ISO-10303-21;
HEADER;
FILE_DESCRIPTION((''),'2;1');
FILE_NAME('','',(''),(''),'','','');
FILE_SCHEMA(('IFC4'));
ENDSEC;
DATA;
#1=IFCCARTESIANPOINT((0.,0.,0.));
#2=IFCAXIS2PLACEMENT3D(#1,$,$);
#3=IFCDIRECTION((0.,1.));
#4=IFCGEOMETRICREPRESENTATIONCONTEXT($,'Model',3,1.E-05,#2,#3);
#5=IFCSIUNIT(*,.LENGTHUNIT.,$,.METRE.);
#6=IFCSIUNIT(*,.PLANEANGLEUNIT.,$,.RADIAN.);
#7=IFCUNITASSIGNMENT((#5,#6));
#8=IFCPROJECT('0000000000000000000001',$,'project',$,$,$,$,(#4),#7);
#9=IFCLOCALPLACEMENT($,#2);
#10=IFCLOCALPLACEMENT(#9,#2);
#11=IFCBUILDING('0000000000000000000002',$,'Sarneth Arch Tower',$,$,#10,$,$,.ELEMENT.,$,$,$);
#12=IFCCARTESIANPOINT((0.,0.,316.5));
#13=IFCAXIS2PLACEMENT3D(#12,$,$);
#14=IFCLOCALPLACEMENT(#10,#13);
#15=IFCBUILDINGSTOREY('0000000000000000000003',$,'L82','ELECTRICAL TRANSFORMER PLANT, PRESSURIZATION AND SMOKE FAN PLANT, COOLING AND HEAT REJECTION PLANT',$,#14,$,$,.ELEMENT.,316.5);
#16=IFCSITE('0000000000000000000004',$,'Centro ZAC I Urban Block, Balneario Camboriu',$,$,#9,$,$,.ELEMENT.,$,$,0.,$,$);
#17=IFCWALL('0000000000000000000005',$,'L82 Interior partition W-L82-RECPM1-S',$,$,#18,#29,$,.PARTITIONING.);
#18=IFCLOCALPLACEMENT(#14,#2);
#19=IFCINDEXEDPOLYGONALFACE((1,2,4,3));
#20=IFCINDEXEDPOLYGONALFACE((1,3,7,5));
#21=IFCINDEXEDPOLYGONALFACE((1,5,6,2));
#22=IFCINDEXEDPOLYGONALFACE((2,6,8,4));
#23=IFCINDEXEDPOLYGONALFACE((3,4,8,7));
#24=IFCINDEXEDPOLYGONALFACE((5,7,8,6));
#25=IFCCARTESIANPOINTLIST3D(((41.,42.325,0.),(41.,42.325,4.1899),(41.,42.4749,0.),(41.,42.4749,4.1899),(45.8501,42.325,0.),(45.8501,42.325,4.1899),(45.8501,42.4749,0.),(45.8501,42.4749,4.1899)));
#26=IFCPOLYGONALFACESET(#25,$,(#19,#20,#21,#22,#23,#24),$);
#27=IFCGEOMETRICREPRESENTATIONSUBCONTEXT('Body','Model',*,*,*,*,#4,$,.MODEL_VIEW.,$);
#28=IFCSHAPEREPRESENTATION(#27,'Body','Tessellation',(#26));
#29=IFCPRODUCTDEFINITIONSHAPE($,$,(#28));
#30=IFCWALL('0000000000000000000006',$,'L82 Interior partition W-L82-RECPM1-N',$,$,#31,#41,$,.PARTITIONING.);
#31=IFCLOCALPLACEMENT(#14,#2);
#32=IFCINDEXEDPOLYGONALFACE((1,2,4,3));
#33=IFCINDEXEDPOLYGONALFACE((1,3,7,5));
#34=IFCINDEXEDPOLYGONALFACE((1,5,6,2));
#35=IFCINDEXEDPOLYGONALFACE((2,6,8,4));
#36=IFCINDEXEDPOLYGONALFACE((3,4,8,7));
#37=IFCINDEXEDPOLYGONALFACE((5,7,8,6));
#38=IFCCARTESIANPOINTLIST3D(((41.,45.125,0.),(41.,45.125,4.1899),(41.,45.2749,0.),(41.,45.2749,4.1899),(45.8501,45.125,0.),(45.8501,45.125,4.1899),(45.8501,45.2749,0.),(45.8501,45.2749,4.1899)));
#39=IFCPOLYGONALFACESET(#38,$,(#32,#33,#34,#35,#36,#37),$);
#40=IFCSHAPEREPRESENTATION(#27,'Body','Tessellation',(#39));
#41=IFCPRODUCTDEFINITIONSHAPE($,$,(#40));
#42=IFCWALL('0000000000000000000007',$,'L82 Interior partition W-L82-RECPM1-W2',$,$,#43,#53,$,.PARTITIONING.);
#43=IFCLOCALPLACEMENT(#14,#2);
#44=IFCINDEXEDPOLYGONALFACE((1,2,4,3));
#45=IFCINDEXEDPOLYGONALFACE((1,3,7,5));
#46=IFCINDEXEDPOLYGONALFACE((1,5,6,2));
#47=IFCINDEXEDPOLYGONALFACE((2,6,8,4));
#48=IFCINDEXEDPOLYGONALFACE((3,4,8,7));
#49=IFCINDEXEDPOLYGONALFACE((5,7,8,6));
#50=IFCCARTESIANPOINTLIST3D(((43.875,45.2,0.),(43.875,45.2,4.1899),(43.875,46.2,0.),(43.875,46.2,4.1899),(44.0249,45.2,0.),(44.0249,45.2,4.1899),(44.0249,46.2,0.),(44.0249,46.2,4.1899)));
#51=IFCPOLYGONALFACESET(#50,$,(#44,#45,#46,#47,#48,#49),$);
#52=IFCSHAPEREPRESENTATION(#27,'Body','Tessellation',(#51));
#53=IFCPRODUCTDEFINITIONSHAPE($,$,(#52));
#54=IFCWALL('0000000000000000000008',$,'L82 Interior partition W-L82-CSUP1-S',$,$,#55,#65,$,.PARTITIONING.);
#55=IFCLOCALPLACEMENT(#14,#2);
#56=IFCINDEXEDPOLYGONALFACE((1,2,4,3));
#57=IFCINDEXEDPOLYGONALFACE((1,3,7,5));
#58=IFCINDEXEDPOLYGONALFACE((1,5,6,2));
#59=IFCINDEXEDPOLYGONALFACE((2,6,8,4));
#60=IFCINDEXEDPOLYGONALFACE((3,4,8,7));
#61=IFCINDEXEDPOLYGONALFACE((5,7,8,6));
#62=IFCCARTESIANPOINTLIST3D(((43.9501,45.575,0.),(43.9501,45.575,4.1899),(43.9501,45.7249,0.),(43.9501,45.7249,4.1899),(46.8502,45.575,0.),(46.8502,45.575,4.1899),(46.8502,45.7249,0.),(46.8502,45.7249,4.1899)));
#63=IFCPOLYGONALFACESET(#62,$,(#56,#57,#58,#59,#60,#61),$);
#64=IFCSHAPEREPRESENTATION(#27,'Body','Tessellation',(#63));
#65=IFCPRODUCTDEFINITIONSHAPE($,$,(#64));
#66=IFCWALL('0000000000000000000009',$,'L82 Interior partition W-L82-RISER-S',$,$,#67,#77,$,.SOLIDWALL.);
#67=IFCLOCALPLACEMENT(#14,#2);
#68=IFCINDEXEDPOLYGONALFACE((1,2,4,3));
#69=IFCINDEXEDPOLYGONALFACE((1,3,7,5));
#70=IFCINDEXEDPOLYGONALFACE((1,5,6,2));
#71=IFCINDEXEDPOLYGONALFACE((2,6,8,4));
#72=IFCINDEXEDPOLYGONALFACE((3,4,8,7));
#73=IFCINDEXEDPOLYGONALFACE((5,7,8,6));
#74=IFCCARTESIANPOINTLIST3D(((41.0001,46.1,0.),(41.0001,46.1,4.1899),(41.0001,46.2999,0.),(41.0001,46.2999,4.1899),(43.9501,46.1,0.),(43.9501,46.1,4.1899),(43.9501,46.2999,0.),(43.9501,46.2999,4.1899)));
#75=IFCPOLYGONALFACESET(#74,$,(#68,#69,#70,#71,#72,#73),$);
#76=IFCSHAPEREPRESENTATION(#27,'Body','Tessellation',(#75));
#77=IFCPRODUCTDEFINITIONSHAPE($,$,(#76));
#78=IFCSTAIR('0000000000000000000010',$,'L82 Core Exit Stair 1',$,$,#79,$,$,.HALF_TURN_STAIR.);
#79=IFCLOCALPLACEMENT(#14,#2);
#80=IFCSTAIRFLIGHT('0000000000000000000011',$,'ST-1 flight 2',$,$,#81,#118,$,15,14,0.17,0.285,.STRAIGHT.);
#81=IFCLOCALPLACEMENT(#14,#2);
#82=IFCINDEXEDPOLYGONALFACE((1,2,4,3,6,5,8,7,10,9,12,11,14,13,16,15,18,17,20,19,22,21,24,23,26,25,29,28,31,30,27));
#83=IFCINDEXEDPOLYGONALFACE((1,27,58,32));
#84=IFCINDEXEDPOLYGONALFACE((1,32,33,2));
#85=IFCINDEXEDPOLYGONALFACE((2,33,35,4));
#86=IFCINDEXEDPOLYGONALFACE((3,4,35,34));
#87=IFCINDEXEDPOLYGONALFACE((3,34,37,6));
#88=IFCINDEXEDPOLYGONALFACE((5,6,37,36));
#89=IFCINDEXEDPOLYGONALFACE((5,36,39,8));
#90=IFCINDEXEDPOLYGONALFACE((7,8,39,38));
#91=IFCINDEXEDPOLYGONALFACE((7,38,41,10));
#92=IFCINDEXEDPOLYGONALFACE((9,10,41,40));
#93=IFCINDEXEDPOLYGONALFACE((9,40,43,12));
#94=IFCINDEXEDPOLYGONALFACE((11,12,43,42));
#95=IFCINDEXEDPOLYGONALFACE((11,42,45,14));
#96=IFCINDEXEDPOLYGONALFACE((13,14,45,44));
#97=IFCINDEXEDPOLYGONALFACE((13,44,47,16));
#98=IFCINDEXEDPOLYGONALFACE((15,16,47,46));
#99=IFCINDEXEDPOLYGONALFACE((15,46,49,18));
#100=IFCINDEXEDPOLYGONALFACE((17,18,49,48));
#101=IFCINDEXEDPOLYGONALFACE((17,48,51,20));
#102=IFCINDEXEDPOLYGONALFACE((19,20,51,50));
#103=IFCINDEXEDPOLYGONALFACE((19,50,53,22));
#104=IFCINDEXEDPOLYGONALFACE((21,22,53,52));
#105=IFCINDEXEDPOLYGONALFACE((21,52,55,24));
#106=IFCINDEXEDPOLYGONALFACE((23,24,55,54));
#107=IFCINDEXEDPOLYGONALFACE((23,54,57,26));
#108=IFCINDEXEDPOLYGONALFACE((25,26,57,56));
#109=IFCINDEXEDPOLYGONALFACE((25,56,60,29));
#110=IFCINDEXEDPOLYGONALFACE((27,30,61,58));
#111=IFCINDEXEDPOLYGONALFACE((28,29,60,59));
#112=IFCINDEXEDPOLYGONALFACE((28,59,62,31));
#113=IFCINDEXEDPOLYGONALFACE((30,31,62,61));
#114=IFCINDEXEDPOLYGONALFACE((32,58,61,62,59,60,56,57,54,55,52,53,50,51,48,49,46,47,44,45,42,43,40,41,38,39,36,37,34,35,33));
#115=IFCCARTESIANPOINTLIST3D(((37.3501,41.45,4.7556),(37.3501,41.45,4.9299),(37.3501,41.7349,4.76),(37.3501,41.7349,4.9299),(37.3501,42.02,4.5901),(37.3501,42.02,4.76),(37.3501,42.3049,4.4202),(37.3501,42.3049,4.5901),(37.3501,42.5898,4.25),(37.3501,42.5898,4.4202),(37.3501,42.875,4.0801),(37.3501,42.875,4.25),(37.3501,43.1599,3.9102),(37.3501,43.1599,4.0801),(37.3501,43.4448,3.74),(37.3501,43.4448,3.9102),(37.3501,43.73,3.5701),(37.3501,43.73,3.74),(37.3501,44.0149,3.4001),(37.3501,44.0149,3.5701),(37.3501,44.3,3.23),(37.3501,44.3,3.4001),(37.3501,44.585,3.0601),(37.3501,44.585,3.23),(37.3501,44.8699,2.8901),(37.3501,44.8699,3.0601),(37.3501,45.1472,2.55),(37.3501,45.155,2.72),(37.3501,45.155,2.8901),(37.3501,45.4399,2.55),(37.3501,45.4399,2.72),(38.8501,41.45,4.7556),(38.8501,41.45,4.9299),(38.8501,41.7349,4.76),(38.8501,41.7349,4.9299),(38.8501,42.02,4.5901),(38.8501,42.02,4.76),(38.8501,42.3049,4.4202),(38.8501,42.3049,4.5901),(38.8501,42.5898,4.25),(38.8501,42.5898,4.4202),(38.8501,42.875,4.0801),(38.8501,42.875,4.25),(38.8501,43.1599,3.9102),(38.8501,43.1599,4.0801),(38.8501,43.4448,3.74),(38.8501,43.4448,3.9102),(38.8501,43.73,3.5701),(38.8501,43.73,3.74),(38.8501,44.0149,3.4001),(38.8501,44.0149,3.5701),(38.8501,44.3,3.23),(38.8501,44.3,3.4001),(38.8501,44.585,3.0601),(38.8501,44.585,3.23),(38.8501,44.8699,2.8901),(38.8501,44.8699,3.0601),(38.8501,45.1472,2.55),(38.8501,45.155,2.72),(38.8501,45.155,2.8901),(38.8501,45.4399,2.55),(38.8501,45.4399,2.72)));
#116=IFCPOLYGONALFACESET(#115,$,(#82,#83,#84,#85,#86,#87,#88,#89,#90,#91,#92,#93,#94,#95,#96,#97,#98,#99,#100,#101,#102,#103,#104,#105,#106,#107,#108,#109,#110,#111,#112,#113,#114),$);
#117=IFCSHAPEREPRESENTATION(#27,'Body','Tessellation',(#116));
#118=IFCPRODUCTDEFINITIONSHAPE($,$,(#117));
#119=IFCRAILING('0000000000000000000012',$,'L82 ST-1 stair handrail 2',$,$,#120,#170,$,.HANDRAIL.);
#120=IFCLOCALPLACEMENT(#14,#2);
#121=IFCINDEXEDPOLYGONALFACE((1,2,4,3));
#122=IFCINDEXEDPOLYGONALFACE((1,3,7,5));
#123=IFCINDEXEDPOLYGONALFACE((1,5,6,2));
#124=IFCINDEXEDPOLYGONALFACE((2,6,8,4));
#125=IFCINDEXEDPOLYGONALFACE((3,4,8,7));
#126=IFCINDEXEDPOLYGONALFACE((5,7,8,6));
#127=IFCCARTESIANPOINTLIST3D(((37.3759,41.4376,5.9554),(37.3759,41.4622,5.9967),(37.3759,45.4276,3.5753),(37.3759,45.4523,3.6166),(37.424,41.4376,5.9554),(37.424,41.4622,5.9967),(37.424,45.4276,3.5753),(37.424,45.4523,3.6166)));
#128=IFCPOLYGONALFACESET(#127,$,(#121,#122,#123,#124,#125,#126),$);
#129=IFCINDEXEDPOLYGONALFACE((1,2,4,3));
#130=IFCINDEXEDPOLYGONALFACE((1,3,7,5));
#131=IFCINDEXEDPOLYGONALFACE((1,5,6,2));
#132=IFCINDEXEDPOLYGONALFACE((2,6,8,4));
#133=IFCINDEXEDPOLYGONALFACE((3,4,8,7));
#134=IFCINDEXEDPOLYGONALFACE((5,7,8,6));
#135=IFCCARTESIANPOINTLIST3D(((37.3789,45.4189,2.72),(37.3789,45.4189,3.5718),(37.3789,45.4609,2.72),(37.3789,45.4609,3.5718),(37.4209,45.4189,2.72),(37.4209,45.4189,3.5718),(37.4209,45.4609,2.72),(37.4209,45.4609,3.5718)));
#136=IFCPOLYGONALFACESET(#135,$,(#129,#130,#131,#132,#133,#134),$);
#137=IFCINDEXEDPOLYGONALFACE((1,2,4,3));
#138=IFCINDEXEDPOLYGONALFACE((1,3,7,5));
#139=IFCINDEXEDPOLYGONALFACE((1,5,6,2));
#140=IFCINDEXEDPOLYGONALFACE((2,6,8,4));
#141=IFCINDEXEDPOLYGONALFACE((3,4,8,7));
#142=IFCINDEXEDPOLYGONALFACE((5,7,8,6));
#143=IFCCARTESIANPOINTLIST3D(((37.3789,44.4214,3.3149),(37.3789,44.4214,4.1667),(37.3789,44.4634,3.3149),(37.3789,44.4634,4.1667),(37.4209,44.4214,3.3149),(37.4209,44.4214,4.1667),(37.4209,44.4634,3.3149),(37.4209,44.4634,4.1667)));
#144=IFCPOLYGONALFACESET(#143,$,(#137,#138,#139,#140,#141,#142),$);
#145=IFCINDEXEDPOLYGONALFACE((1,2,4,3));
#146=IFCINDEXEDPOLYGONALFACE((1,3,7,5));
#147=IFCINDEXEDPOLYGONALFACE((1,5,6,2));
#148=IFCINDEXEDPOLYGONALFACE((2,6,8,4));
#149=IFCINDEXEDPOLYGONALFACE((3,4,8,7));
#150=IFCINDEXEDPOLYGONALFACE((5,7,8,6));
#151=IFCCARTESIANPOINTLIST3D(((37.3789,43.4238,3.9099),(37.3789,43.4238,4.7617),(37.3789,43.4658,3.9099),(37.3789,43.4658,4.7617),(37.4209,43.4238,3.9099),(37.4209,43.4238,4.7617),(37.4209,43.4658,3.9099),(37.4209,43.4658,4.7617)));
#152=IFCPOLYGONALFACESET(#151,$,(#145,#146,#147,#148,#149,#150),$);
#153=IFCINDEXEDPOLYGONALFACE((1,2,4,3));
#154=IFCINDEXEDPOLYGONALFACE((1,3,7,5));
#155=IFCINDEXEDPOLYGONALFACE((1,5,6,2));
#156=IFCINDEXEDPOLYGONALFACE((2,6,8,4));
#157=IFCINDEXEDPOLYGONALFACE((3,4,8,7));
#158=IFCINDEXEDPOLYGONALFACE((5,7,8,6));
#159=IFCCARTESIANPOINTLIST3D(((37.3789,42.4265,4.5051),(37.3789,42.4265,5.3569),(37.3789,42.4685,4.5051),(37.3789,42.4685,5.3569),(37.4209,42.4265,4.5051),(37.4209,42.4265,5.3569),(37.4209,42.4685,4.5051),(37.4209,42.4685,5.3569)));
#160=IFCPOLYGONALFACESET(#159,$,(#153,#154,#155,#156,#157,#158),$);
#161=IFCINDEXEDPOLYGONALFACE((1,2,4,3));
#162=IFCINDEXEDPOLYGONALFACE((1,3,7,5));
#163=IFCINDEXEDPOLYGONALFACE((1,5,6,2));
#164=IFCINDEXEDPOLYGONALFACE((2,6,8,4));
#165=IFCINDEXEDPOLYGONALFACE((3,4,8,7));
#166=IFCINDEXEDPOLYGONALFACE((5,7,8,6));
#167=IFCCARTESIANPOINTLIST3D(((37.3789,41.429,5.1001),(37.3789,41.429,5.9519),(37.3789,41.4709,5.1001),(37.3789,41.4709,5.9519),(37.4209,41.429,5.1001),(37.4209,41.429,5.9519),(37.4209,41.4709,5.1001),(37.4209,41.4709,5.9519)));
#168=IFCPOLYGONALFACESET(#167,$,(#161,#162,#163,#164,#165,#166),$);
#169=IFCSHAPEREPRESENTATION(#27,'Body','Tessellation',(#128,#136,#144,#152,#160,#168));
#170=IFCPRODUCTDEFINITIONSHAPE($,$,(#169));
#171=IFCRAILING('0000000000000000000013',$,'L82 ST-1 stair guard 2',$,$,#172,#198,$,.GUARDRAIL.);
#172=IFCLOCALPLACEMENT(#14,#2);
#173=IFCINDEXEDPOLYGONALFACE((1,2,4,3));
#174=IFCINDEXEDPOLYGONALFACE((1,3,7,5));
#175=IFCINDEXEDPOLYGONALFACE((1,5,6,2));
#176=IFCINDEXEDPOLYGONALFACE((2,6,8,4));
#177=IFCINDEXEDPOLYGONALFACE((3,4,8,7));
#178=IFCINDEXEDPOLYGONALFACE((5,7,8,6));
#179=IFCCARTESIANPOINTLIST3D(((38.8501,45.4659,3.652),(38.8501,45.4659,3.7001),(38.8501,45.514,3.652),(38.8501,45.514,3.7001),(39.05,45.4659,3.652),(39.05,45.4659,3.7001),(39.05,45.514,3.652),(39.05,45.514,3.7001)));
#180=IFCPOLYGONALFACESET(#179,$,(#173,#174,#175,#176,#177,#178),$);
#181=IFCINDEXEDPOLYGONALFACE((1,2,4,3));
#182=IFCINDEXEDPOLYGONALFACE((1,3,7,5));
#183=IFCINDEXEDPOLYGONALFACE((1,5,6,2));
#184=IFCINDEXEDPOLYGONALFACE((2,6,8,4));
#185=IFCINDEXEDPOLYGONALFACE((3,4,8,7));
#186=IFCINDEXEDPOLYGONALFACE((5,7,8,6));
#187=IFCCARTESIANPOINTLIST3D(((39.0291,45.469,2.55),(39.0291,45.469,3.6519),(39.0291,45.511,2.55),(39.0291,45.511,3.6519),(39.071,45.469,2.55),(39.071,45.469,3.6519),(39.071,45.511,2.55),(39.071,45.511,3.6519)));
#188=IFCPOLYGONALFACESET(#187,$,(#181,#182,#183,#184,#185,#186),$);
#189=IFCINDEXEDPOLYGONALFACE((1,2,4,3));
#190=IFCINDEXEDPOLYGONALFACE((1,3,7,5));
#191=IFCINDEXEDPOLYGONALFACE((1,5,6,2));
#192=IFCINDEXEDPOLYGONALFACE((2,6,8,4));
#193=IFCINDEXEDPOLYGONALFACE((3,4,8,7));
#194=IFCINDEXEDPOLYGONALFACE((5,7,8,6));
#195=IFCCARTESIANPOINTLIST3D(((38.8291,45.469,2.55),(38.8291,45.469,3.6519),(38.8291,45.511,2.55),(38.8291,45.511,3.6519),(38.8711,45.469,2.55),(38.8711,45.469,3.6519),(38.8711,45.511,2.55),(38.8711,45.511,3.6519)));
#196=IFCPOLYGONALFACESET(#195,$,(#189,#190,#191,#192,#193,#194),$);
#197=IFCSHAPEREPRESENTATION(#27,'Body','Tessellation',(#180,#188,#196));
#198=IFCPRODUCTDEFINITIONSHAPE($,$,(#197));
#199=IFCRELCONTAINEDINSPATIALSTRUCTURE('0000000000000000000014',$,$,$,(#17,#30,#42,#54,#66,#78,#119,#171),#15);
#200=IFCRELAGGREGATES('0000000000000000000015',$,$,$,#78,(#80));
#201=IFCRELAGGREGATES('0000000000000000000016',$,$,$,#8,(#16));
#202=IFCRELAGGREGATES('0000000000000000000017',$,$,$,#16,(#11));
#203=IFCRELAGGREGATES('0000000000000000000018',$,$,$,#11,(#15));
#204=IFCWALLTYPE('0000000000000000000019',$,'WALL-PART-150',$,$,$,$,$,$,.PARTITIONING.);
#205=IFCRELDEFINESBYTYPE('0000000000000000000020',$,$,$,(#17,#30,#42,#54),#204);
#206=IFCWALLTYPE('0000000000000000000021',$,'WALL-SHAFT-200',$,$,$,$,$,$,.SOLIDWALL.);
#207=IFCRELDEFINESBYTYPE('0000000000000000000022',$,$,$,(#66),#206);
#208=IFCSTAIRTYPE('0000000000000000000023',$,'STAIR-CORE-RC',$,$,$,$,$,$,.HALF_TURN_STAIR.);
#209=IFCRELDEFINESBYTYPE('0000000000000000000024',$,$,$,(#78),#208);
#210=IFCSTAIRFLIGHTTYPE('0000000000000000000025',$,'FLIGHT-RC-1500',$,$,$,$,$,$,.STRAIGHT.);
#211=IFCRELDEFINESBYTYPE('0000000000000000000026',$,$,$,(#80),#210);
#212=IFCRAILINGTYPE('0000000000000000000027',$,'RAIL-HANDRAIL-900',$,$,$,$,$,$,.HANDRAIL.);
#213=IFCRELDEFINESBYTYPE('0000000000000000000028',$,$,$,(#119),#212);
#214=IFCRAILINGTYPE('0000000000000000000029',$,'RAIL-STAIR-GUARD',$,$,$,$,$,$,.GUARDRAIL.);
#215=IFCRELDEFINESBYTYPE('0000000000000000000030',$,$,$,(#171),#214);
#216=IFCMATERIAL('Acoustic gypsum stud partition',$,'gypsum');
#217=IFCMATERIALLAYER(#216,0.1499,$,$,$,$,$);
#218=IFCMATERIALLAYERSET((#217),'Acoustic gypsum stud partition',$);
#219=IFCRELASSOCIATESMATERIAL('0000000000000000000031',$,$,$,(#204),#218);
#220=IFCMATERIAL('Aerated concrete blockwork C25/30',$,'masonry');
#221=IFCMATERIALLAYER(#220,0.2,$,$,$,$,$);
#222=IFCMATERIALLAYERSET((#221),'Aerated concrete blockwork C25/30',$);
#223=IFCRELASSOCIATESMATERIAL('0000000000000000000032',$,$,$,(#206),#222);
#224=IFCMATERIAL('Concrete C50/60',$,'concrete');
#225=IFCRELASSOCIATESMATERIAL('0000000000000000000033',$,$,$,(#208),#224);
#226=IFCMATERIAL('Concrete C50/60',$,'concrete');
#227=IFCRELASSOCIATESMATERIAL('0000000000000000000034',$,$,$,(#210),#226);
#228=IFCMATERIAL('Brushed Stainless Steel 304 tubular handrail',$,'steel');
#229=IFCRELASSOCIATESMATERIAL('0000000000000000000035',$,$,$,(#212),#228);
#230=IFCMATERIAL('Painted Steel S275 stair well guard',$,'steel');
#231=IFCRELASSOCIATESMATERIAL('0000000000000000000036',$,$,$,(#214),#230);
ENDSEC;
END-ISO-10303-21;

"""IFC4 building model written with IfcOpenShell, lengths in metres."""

from ifc_helpers import new_model, si_unit, direction, frame, frame_2d, origin, origin_2d, place, context, subcontext, project, spatial, polyline, rectangle, outline, extrude, material, layer, layer_set, type_object, element, aggregate, save


model = new_model("IFC4")

# Units and contexts
model_context = context("Model", 3, precision=1e-05, world=origin(), true_north=direction((0.0, 1.0)))
body_context = subcontext(model_context, "Body", "Model", "MODEL_VIEW")
ifc_project = project(units=[si_unit("LENGTHUNIT", "METRE"), si_unit("PLANEANGLEUNIT", "RADIAN")], contexts=[model_context])

# Site, building, storey
site_placement = place(None, origin())
site = spatial("IfcSite", under=ifc_project, at=site_placement, Name="Centro ZAC I Urban Block, Balneario Camboriu", CompositionType="ELEMENT", RefElevation=0.0)
building_placement = place(site_placement, origin())
building = spatial("IfcBuilding", under=site, at=building_placement, Name="Sarneth Arch Tower", CompositionType="ELEMENT")
storey_placement = place(building_placement, frame((0.0, 0.0, 316.5)))
storey = spatial("IfcBuildingStorey", under=building, at=storey_placement, Name="L82", Description="ELECTRICAL TRANSFORMER PLANT, PRESSURIZATION AND SMOKE FAN PLANT, COOLING AND HEAT REJECTION PLANT", CompositionType="ELEMENT", Elevation=316.5)

# Walls
ifc_material_1 = material(Name="Acoustic gypsum stud partition", Category="gypsum")
ifc_layer_1 = layer(ifc_material_1, 0.1499)
ifc_layer_set_1 = layer_set([ifc_layer_1], Name="Acoustic gypsum stud partition")
wall_type_1 = type_object("IfcWallType", Name="WALL-PART-150", PredefinedType="PARTITIONING", material=ifc_layer_set_1)
for number, where, z_axis, x_axis, name in (
    (1, (41.0, 42.3999, 0.0), (0.0, 0.0, 1.0), (1.0, 0.0, 0.0), "L82 Interior partition W-L82-RECPM1-S"),
    (2, (41.0, 45.2, 0.0), (0.0, 0.0, 1.0), (1.0, 0.0, 0.0), "L82 Interior partition W-L82-RECPM1-N"),
):
    element("IfcWall", number, at=place(storey_placement, frame(where, z_axis=z_axis, x_axis=x_axis)), inside=storey, type_object=wall_type_1, Name=name, PredefinedType="PARTITIONING", context=body_context, shape_type="SweptSolid", body=[
        extrude(rectangle(XDim=4.8501, YDim=0.1499, at=frame_2d((2.425, 0.0))), origin(), (0.0, 0.0, 1.0), 4.1899),
    ])
wall_1_placement = place(storey_placement, frame((43.95, 45.2, 0.0), z_axis=(0.0, 0.0, 1.0), x_axis=(0.0, 1.0, 0.0)))
element("IfcWall", 3, at=wall_1_placement, inside=storey, type_object=wall_type_1, Name="L82 Interior partition W-L82-RECPM1-W2", PredefinedType="PARTITIONING", context=body_context, shape_type="SweptSolid", body=[
    extrude(rectangle(XDim=1.0, YDim=0.1499, at=frame_2d((0.5, 0.0))), origin(), (0.0, 0.0, 1.0), 4.1899),
])

# Wall
wall_2_placement = place(storey_placement, frame((43.95, 45.6499, 0.0), z_axis=(0.0, 0.0, 1.0), x_axis=(1.0, 0.0, 0.0)))
element("IfcWall", 4, at=wall_2_placement, inside=storey, type_object=wall_type_1, Name="L82 Interior partition W-L82-CSUP1-S", PredefinedType="PARTITIONING", context=body_context, shape_type="SweptSolid", body=[
    extrude(rectangle(XDim=2.9001, YDim=0.1499, at=frame_2d((1.4502, 0.0))), origin(), (0.0, 0.0, 1.0), 4.1899),
])

# Wall
ifc_material_2 = material(Name="Aerated concrete blockwork C25/30", Category="masonry")
ifc_layer_2 = layer(ifc_material_2, 0.2)
ifc_layer_set_2 = layer_set([ifc_layer_2], Name="Aerated concrete blockwork C25/30")
wall_type_2 = type_object("IfcWallType", Name="WALL-SHAFT-200", PredefinedType="SOLIDWALL", material=ifc_layer_set_2)
wall_3_placement = place(storey_placement, frame((41.0, 46.2, 0.0), z_axis=(0.0, 0.0, 1.0), x_axis=(1.0, 0.0, 0.0)))
element("IfcWall", 5, at=wall_3_placement, inside=storey, type_object=wall_type_2, Name="L82 Interior partition W-L82-RISER-S", PredefinedType="SOLIDWALL", context=body_context, shape_type="SweptSolid", body=[
    extrude(rectangle(XDim=2.95, YDim=0.2, at=frame_2d((1.4751, 0.0))), origin(), (0.0, 0.0, 1.0), 4.1899),
])

# Stair, stair flight
ifc_material_3 = material(Name="Concrete C50/60", Category="concrete")
stair_type = type_object("IfcStairType", Name="STAIR-CORE-RC", PredefinedType="HALF_TURN_STAIR", material=ifc_material_3)
stair_placement = place(storey_placement, origin())
stair = element("IfcStair", 6, at=stair_placement, inside=storey, type_object=stair_type, Name="L82 Core Exit Stair 1", PredefinedType="HALF_TURN_STAIR")
ifc_material_4 = material(Name="Concrete C50/60", Category="concrete")
stair_flight_type = type_object("IfcStairFlightType", Name="FLIGHT-RC-1500", PredefinedType="STRAIGHT", material=ifc_material_4)
stair_flight_placement = place(storey_placement, frame((38.1001, 45.4399, 2.55), z_axis=(0.0, 0.0, 1.0), x_axis=(0.0, -1.0, 0.0)))
stair_flight = element("IfcStairFlight", 7, at=stair_flight_placement, type_object=stair_flight_type, Name="ST-1 flight 2", NumberOfRisers=15, NumberOfTreads=14, PredefinedType="STRAIGHT", RiserHeight=0.17, TreadLength=0.285, context=body_context, shape_type="SweptSolid", body=[
    extrude(outline(polyline([(0.0, 0.0), (0.0, 0.1699), (0.2849, 0.1699), (0.2849, 0.3401), (0.5701, 0.3401), (0.5701, 0.51), (0.855, 0.51), (0.855, 0.6799), (1.1399, 0.6799), (1.1399, 0.8501), (1.425, 0.8501), (1.425, 1.02), (1.71, 1.02), (1.71, 1.1899), (1.9951, 1.1899), (1.9951, 1.3601), (2.28, 1.3601), (2.28, 1.53), (2.5649, 1.53), (2.5649, 1.7), (2.8501, 1.7), (2.8501, 1.8701), (3.135, 1.8701), (3.135, 2.04), (3.4199, 2.04), (3.4199, 2.21), (3.7051, 2.21), (3.7051, 2.3799), (3.99, 2.3799), (3.99, 2.55), (3.99, 2.2056), (0.2927, 0.0), (0.0, 0.0)])), frame((0.0, 0.75, 0.0), z_axis=(0.0, -1.0, 0.0), x_axis=(1.0, 0.0, 0.0)), (0.0, 0.0, 1.0), 1.5),
])
aggregate(stair, [stair_flight])

# Railings
ifc_material_5 = material(Name="Brushed Stainless Steel 304 tubular handrail", Category="steel")
railing_type_1 = type_object("IfcRailingType", Name="RAIL-HANDRAIL-900", PredefinedType="HANDRAIL", material=ifc_material_5)
railing_1_placement = place(storey_placement, frame((37.3999, 45.4399, 2.72)))
element("IfcRailing", 8, at=railing_1_placement, inside=storey, type_object=railing_type_1, Name="L82 ST-1 stair handrail 2", PredefinedType="HANDRAIL", context=body_context, shape_type="SweptSolid", body=[
    extrude(rectangle(XDim=0.0481, YDim=0.0481, at=origin_2d()), frame((0.0, 0.0, 0.876), z_axis=(0.0, -0.858807, 0.512299), x_axis=(1.0, 0.0, 0.0)), (0.0, 0.0, 1.0), 4.646),
    extrude(rectangle(XDim=0.042, YDim=0.042, at=origin_2d()), origin(), (0.0, 0.0, 1.0), 0.8518),
    extrude(rectangle(XDim=0.042, YDim=0.042, at=origin_2d()), frame((0.0, -0.9976, 0.595)), (0.0, 0.0, 1.0), 0.8518),
    extrude(rectangle(XDim=0.042, YDim=0.042, at=origin_2d()), frame((0.0, -1.9951, 1.1899)), (0.0, 0.0, 1.0), 0.8518),
    extrude(rectangle(XDim=0.042, YDim=0.042, at=origin_2d()), frame((0.0, -2.9924, 1.7852)), (0.0, 0.0, 1.0), 0.8518),
    extrude(rectangle(XDim=0.042, YDim=0.042, at=origin_2d()), frame((0.0, -3.99, 2.3801)), (0.0, 0.0, 1.0), 0.8518),
])
ifc_material_6 = material(Name="Painted Steel S275 stair well guard", Category="steel")
railing_type_2 = type_object("IfcRailingType", Name="RAIL-STAIR-GUARD", PredefinedType="GUARDRAIL", material=ifc_material_6)
railing_2_placement = place(storey_placement, frame((39.05, 45.49, 2.55)))
element("IfcRailing", 9, at=railing_2_placement, inside=storey, type_object=railing_type_2, Name="L82 ST-1 stair guard 2", PredefinedType="GUARDRAIL", context=body_context, shape_type="SweptSolid", body=[
    extrude(rectangle(XDim=0.0481, YDim=0.0481, at=origin_2d()), frame((0.0, 0.0, 1.126), z_axis=(-1.0, 0.0, 0.0), x_axis=(0.0, -1.0, 0.0)), (0.0, 0.0, 1.0), 0.2),
    extrude(rectangle(XDim=0.042, YDim=0.042, at=origin_2d()), origin(), (0.0, 0.0, 1.0), 1.1018),
    extrude(rectangle(XDim=0.042, YDim=0.042, at=origin_2d()), frame((-0.2, 0.0, 0.0)), (0.0, 0.0, 1.0), 1.1018),
])

save(model, "model.ifc")
